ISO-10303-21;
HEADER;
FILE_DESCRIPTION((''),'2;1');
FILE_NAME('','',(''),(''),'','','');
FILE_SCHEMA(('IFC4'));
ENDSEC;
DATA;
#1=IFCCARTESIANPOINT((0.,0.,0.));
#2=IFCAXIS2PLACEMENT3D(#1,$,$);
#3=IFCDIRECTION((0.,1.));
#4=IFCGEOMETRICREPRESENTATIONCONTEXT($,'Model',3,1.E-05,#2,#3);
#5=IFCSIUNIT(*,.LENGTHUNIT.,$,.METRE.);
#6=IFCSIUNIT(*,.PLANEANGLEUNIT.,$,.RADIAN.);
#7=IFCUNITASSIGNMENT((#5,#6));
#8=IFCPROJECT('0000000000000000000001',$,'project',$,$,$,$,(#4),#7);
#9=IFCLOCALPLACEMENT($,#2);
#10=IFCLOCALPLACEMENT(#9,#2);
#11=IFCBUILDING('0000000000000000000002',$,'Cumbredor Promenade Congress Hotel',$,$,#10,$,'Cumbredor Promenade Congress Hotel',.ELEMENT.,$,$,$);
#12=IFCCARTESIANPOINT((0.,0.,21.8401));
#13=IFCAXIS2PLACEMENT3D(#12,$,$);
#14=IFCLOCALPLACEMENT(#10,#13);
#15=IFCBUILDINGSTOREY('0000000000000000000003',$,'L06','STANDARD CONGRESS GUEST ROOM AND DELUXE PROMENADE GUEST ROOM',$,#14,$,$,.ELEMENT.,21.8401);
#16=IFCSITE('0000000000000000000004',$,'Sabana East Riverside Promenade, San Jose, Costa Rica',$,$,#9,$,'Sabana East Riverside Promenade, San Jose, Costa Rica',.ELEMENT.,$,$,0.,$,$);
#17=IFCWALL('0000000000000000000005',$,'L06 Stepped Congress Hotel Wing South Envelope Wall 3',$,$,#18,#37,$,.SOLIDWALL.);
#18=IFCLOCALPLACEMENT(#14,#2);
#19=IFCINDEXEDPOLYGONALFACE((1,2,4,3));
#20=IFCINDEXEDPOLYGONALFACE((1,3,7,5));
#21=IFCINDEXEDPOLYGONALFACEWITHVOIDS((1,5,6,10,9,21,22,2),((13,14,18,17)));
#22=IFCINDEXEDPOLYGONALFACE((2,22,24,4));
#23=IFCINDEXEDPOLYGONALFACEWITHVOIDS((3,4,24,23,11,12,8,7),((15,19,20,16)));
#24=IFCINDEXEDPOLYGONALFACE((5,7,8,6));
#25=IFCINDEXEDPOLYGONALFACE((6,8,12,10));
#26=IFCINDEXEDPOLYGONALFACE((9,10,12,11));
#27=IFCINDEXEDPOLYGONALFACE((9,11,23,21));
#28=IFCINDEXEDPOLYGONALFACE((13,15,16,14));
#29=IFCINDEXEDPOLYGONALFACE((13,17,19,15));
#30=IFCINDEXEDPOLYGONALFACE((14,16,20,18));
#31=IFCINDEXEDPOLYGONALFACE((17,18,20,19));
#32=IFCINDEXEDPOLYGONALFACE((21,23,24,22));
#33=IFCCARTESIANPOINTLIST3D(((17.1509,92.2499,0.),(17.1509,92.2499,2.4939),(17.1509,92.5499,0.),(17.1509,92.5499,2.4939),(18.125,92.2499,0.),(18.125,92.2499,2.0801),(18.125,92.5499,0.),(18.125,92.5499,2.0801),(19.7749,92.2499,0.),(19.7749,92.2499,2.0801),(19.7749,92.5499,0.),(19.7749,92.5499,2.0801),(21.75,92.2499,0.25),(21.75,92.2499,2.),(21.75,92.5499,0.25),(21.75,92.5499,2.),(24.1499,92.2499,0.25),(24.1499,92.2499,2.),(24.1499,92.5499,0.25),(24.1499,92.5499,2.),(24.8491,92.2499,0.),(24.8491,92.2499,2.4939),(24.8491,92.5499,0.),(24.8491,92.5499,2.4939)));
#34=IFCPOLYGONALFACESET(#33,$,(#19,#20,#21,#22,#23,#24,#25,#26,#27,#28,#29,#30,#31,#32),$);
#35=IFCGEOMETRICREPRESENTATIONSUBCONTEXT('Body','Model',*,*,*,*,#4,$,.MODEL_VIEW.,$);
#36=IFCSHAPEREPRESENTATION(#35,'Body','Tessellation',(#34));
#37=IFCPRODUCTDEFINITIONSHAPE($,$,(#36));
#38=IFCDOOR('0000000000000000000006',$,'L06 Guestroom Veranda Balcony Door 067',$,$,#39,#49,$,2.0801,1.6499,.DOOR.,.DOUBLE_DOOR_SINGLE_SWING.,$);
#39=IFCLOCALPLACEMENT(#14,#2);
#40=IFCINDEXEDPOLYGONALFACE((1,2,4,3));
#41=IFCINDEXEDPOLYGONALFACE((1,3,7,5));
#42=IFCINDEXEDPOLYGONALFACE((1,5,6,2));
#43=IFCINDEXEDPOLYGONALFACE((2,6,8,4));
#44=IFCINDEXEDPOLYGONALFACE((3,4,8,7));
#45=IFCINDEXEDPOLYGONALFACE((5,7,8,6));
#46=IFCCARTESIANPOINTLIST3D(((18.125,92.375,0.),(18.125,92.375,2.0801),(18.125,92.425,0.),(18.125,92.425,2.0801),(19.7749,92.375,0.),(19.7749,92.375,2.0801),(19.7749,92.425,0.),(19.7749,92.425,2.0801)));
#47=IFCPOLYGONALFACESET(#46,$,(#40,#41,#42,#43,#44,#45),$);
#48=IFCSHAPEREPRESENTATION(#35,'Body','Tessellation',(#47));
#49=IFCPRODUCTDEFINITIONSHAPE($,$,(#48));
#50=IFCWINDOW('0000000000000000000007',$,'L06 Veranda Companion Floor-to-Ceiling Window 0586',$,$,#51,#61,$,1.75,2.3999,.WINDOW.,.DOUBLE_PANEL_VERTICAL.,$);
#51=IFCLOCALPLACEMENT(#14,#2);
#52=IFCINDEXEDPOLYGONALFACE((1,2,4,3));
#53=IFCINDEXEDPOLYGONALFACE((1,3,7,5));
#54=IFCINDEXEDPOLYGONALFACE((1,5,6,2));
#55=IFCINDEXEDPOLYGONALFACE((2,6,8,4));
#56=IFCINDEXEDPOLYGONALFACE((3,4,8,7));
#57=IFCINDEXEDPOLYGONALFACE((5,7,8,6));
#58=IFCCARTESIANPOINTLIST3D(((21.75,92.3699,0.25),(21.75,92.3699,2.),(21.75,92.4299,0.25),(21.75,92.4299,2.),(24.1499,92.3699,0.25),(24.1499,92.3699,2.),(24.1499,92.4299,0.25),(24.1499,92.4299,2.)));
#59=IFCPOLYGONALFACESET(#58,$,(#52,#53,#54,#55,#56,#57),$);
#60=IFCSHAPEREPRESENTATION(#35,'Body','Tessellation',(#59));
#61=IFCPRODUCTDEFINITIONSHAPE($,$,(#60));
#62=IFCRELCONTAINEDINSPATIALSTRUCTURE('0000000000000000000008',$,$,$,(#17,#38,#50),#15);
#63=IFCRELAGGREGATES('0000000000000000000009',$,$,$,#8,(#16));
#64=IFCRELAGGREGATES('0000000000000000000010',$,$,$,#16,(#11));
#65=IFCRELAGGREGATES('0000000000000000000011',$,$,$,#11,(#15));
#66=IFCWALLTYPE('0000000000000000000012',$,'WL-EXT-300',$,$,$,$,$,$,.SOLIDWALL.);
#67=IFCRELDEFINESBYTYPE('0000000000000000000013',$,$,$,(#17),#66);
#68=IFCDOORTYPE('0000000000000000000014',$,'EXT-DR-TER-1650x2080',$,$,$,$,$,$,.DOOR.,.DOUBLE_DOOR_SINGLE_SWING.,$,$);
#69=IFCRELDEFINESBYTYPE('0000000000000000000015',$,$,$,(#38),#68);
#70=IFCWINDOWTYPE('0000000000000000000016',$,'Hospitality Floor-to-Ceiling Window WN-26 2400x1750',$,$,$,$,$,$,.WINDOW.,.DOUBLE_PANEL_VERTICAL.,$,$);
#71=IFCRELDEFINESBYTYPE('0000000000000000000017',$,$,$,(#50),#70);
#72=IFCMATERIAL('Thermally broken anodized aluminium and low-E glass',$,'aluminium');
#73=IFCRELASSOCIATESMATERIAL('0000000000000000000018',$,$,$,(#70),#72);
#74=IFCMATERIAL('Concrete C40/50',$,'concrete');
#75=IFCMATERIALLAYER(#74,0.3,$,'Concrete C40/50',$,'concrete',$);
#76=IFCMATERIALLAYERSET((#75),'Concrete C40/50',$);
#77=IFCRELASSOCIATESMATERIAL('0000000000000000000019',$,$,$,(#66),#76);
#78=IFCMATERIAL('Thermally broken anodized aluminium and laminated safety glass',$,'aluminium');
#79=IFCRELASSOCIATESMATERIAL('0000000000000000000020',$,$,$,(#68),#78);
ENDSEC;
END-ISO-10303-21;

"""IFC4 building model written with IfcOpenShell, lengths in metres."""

from ifc_helpers import new_model, si_unit, direction, frame, frame_2d, origin, place, context, subcontext, project, spatial, rectangle, extrude, material, layer, layer_set, type_object, element, fill, save


model = new_model("IFC4")

# Units and contexts
model_context = context("Model", 3, precision=1e-05, world=origin(), true_north=direction((0.0, 1.0)))
body_context = subcontext(model_context, "Body", "Model", "MODEL_VIEW")
ifc_project = project(units=[si_unit("LENGTHUNIT", "METRE"), si_unit("PLANEANGLEUNIT", "RADIAN")], contexts=[model_context])

# Site, building, storey
site_placement = place(None, origin())
site = spatial("IfcSite", under=ifc_project, at=site_placement, Name="Sabana East Riverside Promenade, San Jose, Costa Rica", LongName="Sabana East Riverside Promenade, San Jose, Costa Rica", CompositionType="ELEMENT", RefElevation=0.0)
building_placement = place(site_placement, origin())
building = spatial("IfcBuilding", under=site, at=building_placement, Name="Cumbredor Promenade Congress Hotel", LongName="Cumbredor Promenade Congress Hotel", CompositionType="ELEMENT")
storey_placement = place(building_placement, frame((0.0, 0.0, 21.8401)))
storey = spatial("IfcBuildingStorey", under=building, at=storey_placement, Name="L06", Description="STANDARD CONGRESS GUEST ROOM AND DELUXE PROMENADE GUEST ROOM", CompositionType="ELEMENT", Elevation=21.8401)

# Shared definitions
ifc_material_1 = material(Name="Concrete C40/50", Category="concrete")

# Shared definitions
ifc_material_2 = material(Name="Thermally broken anodized aluminium and low-E glass", Category="aluminium")

# Shared definitions
ifc_material_3 = material(Name="Thermally broken anodized aluminium and laminated safety glass", Category="aluminium")

# Shared definitions
window_type_1 = type_object("IfcWindowType", Name="Hospitality Floor-to-Ceiling Window WN-26 2400x1750", PartitioningType="DOUBLE_PANEL_VERTICAL", PredefinedType="WINDOW", material=ifc_material_2)

# Wall, openings, door, window
ifc_layer_1 = layer(ifc_material_1, 0.3, Name="Concrete C40/50", Category="concrete")
ifc_layer_set_1 = layer_set([ifc_layer_1], Name="Concrete C40/50")
wall_type_1 = type_object("IfcWallType", Name="WL-EXT-300", PredefinedType="SOLIDWALL", material=ifc_layer_set_1)
wall_1_placement = place(storey_placement, frame((17.1509, 92.3999, 0.0), z_axis=(0.0, 0.0, 1.0), x_axis=(1.0, 0.0, 0.0)))
wall_1 = element("IfcWall", 1, at=wall_1_placement, inside=storey, type_object=wall_type_1, Name="L06 Stepped Congress Hotel Wing South Envelope Wall 3", PredefinedType="SOLIDWALL", context=body_context, shape_type="SweptSolid", body=[
    extrude(rectangle(XDim=7.6982, YDim=0.3, at=frame_2d((3.8491, 0.0))), origin(), (0.0, 0.0, 1.0), 2.4939),
])
opening_1_placement = place(wall_1_placement, frame((0.9741, 0.0, 0.0)))
opening_1 = element("IfcOpeningElement", 2, at=opening_1_placement, cuts=wall_1, PredefinedType="OPENING", context=body_context, shape_type="SweptSolid", body=[
    extrude(rectangle(XDim=1.6499, YDim=2.0801, at=frame_2d((0.825, 1.04))), frame((0.0, 0.1602, 0.0), z_axis=(0.0, -1.0, 0.0), x_axis=(1.0, 0.0, 0.0)), (0.0, 0.0, 1.0), 0.3201),
])
opening_2_placement = place(wall_1_placement, frame((4.5991, 0.0, 0.25)))
opening_2 = element("IfcOpeningElement", 3, at=opening_2_placement, cuts=wall_1, PredefinedType="OPENING", context=body_context, shape_type="SweptSolid", body=[
    extrude(rectangle(XDim=2.3999, YDim=1.75, at=frame_2d((1.2, 0.875))), frame((0.0, 0.1602, 0.0), z_axis=(0.0, -1.0, 0.0), x_axis=(1.0, 0.0, 0.0)), (0.0, 0.0, 1.0), 0.3201),
])
door_type_1 = type_object("IfcDoorType", Name="EXT-DR-TER-1650x2080", OperationType="DOUBLE_DOOR_SINGLE_SWING", PredefinedType="DOOR", material=ifc_material_3)
door_1_placement = place(opening_1_placement, frame((1.6499, 0.0, 0.0), z_axis=(0.0, 0.0, 1.0), x_axis=(-1.0, 0.0, 0.0)))
door_1 = element("IfcDoor", 4, at=door_1_placement, inside=storey, type_object=door_type_1, Name="L06 Guestroom Veranda Balcony Door 067", OperationType="DOUBLE_DOOR_SINGLE_SWING", OverallHeight=2.0801, OverallWidth=1.6499, PredefinedType="DOOR", context=body_context, shape_type="SweptSolid", body=[
    extrude(rectangle(XDim=1.6499, YDim=2.0801, at=frame_2d((0.825, 1.04))), frame((0.0, 0.0249, 0.0), z_axis=(0.0, -1.0, 0.0), x_axis=(1.0, 0.0, 0.0)), (0.0, 0.0, 1.0), 0.05),
])
fill(opening_1, door_1)
window_1_placement = place(opening_2_placement, origin())
window_1 = element("IfcWindow", 5, at=window_1_placement, inside=storey, type_object=window_type_1, Name="L06 Veranda Companion Floor-to-Ceiling Window 0586", OverallHeight=1.75, OverallWidth=2.3999, PartitioningType="DOUBLE_PANEL_VERTICAL", PredefinedType="WINDOW", context=body_context, shape_type="SweptSolid", body=[
    extrude(rectangle(XDim=2.3999, YDim=1.75, at=frame_2d((1.2, 0.875))), frame((0.0, 0.03, 0.0), z_axis=(0.0, -1.0, 0.0), x_axis=(1.0, 0.0, 0.0)), (0.0, 0.0, 1.0), 0.0601),
])
fill(opening_2, window_1)

save(model, "model.ifc")
